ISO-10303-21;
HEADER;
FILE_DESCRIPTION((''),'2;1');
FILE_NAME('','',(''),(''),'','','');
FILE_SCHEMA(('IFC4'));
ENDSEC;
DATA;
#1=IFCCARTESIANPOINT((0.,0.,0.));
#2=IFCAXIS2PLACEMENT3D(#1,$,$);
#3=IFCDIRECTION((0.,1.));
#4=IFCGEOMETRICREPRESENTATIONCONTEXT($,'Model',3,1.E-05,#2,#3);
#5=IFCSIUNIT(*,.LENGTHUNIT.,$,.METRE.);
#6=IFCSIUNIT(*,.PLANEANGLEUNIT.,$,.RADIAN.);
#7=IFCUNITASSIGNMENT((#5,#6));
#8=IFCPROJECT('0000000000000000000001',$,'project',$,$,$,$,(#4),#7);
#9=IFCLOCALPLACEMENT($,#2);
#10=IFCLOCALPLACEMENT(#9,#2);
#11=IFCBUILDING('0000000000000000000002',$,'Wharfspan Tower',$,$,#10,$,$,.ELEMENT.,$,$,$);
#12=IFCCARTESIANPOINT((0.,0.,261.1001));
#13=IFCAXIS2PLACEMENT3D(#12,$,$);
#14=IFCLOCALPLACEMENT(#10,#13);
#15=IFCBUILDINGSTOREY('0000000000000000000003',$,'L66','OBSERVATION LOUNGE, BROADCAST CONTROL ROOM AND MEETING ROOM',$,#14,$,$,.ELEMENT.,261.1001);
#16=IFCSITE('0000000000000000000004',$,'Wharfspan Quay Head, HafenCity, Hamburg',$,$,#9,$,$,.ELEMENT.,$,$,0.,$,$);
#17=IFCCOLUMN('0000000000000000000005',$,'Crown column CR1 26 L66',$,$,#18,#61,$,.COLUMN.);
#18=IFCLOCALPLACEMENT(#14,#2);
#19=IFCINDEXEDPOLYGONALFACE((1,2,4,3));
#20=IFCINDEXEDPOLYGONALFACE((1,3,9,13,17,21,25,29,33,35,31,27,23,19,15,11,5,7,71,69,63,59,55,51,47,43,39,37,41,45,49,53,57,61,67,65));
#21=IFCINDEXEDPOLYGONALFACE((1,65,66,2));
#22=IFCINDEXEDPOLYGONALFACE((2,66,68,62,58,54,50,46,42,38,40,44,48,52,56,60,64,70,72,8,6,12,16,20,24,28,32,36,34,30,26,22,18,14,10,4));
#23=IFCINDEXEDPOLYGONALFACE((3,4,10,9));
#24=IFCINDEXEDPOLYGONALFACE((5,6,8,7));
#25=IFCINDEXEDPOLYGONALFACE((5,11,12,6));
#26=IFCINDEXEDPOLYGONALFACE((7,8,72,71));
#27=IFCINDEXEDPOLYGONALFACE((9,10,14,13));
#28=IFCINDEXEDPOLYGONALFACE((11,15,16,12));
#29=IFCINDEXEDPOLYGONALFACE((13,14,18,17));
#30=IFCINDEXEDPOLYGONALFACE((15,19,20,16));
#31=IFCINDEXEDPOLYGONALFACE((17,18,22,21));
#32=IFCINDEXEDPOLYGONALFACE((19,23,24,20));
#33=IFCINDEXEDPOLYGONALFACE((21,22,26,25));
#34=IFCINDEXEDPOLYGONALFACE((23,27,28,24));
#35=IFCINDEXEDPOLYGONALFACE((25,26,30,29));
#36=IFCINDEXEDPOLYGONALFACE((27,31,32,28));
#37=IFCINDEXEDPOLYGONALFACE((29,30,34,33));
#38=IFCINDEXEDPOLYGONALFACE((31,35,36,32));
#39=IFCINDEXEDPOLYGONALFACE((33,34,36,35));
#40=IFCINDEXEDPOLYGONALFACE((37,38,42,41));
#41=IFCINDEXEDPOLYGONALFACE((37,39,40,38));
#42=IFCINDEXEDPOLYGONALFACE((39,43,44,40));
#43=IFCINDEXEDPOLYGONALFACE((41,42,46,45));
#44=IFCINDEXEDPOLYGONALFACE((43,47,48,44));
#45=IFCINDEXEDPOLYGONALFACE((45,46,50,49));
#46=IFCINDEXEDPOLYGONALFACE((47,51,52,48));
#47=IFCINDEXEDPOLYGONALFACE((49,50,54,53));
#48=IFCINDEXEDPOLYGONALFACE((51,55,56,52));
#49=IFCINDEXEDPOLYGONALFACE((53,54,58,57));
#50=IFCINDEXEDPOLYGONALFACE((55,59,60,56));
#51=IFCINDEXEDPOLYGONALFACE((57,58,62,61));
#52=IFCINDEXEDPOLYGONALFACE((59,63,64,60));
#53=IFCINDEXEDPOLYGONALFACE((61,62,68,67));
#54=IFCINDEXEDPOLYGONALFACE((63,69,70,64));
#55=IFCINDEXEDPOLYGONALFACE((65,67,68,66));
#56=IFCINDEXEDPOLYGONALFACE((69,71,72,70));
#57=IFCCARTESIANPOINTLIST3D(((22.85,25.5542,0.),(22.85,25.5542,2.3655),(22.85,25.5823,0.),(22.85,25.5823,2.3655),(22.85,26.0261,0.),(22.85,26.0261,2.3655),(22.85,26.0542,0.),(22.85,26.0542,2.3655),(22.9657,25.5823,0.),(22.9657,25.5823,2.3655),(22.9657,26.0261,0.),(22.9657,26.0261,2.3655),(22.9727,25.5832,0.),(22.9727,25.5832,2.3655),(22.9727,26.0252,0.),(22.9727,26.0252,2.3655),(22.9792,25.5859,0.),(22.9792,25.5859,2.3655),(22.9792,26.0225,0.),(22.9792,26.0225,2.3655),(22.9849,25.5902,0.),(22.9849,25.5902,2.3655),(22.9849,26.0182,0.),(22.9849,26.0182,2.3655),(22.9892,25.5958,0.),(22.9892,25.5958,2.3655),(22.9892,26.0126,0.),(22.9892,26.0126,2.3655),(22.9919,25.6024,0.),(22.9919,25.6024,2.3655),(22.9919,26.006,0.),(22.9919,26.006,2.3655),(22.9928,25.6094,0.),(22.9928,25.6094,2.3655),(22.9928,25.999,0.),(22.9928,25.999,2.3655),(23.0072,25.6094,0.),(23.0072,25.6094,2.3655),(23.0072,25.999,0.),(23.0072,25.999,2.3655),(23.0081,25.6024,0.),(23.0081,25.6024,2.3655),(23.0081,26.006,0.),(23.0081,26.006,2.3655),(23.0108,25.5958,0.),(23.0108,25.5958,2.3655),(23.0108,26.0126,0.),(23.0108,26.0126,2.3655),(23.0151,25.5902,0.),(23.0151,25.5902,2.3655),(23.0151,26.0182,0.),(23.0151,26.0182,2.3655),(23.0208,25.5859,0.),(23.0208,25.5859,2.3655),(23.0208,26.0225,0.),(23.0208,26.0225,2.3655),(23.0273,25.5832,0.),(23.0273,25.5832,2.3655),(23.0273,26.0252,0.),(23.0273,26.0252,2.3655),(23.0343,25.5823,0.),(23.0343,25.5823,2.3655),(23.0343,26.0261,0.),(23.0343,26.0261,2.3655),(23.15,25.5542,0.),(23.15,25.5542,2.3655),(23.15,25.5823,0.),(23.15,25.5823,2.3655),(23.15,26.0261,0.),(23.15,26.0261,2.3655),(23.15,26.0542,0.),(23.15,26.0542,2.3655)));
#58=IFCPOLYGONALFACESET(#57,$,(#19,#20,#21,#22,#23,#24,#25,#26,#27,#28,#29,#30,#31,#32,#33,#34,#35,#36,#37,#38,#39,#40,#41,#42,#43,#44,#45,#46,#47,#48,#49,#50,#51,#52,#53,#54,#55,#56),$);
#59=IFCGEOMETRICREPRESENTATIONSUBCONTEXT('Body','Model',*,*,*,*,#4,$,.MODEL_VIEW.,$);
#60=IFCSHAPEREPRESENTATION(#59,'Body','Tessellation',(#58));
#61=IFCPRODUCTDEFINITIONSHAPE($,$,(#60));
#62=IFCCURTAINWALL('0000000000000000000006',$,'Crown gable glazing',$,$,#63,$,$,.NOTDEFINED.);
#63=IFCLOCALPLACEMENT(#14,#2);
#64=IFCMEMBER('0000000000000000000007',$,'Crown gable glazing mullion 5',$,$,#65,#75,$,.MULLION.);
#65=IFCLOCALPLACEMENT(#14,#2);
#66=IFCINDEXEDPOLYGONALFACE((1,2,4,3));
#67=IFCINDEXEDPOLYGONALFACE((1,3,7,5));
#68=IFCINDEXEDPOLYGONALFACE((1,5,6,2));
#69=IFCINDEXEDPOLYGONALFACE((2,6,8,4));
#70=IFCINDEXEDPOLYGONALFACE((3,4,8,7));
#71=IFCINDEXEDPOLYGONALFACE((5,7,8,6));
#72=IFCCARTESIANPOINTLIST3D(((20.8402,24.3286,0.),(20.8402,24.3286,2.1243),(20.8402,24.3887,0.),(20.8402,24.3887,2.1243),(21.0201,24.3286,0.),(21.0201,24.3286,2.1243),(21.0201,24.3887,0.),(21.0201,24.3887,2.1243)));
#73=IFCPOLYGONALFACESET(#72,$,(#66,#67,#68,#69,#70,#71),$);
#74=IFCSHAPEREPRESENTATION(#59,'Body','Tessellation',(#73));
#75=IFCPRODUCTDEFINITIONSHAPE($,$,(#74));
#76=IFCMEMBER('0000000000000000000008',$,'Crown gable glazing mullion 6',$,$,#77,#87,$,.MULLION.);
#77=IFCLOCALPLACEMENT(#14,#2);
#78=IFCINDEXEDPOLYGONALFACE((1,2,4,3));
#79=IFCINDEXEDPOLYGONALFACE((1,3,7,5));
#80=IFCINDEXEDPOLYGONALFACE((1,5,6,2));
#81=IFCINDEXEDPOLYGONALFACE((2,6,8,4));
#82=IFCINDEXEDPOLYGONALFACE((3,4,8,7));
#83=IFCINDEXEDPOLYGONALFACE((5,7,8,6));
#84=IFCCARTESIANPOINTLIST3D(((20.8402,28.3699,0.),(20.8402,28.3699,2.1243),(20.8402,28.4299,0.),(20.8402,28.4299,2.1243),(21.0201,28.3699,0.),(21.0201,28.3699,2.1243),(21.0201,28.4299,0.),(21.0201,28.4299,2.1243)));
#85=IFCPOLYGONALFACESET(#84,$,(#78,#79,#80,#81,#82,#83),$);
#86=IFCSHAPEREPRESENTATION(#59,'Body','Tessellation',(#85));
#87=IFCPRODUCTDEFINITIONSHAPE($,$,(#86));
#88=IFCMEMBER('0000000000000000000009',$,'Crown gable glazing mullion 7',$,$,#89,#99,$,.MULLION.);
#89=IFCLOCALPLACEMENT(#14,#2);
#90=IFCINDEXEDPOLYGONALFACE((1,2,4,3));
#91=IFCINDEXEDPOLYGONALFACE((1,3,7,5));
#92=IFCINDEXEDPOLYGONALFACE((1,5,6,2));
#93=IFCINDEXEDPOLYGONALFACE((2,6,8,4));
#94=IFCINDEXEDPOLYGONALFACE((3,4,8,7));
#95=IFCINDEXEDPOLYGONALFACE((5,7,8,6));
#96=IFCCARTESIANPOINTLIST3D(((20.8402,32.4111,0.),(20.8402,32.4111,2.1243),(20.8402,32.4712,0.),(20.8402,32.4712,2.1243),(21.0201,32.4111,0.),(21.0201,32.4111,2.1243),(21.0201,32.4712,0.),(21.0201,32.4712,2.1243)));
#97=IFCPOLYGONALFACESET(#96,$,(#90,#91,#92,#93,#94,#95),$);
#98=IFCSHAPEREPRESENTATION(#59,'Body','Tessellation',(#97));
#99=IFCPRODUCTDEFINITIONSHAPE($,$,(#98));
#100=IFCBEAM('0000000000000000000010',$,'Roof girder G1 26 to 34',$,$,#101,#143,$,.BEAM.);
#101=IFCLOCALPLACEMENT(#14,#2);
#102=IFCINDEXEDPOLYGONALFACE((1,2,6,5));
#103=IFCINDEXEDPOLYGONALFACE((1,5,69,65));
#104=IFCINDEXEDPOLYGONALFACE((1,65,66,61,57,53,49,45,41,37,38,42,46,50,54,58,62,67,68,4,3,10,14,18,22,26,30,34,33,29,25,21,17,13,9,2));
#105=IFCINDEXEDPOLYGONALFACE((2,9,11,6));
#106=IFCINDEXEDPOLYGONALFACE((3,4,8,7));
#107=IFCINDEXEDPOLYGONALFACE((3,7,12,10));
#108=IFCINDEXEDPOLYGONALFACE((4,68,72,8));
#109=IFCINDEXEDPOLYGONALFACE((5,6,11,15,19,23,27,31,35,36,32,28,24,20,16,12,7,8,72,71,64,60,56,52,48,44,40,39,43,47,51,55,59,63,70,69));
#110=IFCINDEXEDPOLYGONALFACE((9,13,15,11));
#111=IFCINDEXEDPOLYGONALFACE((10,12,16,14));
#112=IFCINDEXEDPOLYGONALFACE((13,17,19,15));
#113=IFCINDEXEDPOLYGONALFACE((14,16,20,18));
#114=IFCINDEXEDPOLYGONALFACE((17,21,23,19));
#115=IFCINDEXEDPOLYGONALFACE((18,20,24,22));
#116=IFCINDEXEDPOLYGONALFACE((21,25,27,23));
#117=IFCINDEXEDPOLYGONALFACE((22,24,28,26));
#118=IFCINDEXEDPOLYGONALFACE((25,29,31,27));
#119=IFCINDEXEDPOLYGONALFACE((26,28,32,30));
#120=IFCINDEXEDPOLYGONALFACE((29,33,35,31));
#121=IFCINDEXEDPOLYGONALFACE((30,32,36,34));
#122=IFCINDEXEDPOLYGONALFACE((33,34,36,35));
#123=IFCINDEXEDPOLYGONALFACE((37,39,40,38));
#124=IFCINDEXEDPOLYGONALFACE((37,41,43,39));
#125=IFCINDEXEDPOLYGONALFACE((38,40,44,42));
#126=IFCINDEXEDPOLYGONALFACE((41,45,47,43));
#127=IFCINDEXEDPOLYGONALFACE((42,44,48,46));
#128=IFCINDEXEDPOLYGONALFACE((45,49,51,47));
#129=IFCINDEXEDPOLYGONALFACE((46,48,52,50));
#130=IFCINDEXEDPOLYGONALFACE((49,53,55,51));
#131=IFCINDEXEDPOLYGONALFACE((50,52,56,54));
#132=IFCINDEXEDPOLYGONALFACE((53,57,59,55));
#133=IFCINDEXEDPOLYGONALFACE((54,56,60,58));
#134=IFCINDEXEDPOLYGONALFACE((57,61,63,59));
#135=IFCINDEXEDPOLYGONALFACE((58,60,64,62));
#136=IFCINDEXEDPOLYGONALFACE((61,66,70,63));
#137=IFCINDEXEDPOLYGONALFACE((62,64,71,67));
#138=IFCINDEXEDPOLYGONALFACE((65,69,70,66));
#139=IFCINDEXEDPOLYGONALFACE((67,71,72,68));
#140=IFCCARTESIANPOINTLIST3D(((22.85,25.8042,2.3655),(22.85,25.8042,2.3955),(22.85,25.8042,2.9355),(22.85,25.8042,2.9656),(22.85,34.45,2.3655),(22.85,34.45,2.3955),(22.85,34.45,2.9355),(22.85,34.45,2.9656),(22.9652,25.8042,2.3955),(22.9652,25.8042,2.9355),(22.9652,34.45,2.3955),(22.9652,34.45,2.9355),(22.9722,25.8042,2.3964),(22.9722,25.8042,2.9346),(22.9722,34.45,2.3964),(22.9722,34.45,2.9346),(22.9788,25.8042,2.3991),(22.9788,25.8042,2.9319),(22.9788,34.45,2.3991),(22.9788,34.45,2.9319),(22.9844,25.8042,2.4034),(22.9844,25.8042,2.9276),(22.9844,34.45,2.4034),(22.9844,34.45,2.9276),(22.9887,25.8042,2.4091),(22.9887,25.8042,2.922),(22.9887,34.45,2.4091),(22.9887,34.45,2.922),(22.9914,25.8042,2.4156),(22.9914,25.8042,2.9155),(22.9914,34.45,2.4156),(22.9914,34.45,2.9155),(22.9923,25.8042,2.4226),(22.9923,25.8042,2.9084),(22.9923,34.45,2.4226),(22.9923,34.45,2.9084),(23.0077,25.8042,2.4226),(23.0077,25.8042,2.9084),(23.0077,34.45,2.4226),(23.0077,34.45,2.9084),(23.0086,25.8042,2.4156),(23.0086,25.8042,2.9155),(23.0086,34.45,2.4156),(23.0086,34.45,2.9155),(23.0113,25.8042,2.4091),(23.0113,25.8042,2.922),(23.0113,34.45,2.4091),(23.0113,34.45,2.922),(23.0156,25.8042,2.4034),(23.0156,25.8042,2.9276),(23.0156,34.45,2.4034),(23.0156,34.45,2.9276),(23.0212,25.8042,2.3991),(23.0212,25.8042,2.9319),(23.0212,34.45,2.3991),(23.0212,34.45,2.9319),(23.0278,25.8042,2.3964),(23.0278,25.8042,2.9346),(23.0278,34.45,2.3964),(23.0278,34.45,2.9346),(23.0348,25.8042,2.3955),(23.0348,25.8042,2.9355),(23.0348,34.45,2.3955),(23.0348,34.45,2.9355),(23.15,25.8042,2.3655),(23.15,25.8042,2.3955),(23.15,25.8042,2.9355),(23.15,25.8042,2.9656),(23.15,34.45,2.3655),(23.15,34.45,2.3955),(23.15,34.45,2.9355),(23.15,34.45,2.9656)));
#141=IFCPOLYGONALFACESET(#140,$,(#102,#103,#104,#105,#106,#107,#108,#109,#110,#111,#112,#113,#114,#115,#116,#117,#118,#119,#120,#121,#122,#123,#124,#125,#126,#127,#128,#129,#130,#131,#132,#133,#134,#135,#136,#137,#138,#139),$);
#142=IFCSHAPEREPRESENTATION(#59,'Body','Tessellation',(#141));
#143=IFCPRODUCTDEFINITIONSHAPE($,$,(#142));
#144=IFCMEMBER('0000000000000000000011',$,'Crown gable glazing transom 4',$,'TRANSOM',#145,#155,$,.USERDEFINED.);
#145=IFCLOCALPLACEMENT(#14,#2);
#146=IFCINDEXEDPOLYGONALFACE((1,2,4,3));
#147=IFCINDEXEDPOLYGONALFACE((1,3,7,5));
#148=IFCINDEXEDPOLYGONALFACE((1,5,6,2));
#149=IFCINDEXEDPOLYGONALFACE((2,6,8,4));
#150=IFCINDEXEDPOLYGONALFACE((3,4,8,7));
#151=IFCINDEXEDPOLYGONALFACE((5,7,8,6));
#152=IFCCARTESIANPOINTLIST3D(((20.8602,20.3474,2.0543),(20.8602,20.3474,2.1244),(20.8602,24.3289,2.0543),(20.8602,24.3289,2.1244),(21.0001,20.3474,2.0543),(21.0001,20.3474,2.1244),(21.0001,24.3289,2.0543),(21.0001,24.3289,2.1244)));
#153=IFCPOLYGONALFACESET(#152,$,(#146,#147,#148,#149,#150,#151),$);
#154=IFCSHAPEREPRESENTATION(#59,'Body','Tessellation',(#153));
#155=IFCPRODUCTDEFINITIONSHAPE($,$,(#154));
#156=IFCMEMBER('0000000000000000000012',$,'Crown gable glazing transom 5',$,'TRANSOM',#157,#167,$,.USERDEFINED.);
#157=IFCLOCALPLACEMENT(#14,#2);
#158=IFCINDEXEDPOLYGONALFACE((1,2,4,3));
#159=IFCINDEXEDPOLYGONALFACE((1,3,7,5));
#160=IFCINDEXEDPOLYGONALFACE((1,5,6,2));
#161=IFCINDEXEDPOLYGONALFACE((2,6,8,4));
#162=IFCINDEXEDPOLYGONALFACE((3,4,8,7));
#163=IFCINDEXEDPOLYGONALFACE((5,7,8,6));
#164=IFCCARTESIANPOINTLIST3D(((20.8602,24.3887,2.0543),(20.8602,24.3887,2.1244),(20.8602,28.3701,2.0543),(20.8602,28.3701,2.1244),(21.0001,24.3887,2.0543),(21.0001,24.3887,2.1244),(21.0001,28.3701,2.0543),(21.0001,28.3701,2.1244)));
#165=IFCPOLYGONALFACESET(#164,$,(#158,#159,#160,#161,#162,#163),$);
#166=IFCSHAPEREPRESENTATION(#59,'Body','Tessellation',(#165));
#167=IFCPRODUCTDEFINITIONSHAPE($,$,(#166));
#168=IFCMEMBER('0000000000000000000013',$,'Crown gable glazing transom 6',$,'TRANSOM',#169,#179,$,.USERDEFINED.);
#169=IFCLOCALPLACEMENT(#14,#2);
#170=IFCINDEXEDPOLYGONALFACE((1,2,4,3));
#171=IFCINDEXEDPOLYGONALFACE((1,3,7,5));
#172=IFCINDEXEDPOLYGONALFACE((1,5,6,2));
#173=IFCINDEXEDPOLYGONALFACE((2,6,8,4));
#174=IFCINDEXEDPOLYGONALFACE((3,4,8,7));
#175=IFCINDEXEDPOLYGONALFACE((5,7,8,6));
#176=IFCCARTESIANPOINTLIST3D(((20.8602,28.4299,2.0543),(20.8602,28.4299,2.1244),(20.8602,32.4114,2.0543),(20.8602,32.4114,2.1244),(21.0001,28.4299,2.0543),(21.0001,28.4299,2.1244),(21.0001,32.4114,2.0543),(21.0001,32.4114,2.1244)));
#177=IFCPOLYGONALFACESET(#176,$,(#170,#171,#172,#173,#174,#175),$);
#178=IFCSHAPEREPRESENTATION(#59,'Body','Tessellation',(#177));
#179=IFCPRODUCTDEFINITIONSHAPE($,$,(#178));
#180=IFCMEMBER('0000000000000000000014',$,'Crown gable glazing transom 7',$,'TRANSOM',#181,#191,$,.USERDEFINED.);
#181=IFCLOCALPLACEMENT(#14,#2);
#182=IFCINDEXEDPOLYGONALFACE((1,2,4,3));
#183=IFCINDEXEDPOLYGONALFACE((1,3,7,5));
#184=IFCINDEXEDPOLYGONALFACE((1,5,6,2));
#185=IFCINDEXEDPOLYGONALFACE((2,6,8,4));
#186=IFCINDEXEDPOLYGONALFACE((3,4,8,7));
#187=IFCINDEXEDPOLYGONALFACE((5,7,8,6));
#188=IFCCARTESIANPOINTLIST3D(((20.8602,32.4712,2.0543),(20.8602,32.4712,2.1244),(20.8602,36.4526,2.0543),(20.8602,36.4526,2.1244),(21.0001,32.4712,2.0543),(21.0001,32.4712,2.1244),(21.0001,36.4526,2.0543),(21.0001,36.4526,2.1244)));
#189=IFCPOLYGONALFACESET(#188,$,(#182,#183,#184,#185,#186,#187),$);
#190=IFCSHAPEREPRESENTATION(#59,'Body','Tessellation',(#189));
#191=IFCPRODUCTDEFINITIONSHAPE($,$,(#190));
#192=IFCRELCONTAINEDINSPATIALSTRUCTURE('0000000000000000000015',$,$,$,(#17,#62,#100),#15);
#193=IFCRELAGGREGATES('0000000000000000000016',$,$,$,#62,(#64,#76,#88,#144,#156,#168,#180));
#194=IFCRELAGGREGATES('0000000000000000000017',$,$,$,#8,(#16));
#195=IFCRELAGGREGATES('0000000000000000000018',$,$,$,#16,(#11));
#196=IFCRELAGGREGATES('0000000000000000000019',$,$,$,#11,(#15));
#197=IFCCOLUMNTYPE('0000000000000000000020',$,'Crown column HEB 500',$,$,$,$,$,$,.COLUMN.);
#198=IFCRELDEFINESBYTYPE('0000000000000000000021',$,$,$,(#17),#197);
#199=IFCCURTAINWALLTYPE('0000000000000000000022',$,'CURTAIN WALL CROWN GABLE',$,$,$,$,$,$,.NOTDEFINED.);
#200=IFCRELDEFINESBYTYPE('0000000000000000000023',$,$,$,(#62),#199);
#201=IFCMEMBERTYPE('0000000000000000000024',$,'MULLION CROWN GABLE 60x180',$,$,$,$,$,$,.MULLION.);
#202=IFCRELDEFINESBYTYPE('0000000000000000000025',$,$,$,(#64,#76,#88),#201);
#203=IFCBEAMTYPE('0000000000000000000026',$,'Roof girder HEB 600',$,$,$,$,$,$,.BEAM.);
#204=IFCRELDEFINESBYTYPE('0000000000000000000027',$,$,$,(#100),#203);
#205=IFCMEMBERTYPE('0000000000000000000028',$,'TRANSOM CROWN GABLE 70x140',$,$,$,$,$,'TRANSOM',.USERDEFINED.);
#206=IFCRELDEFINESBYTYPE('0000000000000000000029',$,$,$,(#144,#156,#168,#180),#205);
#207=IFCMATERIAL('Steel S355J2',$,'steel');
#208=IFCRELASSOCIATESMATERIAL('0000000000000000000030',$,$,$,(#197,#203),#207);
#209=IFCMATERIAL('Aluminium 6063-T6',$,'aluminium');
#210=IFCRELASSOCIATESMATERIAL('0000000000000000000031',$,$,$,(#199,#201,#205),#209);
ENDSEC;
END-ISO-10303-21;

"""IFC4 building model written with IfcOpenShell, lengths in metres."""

from ifc_helpers import new_model, si_unit, direction, frame, origin, origin_2d, place, context, subcontext, project, spatial, rectangle, i_section, extrude, material, material_profile, profile_set, type_object, element, aggregate, save


model = new_model("IFC4")

# Units and contexts
model_context = context("Model", 3, precision=1e-05, world=origin(), true_north=direction((0.0, 1.0)))
body_context = subcontext(model_context, "Body", "Model", "MODEL_VIEW")
ifc_project = project(units=[si_unit("LENGTHUNIT", "METRE"), si_unit("PLANEANGLEUNIT", "RADIAN")], contexts=[model_context])

# Site, building, storey
site_placement = place(None, origin())
site = spatial("IfcSite", under=ifc_project, at=site_placement, Name="Wharfspan Quay Head, HafenCity, Hamburg", CompositionType="ELEMENT", RefElevation=0.0)
building_placement = place(site_placement, origin())
building = spatial("IfcBuilding", under=site, at=building_placement, Name="Wharfspan Tower", CompositionType="ELEMENT")
storey_placement = place(building_placement, frame((0.0, 0.0, 261.1001)))
storey = spatial("IfcBuildingStorey", under=building, at=storey_placement, Name="L66", Description="OBSERVATION LOUNGE, BROADCAST CONTROL ROOM AND MEETING ROOM", CompositionType="ELEMENT", Elevation=261.1001)

# Column
ifc_material_1 = material(Name="Steel S355J2", Category="steel")
ifc_material_profile_1 = material_profile(ifc_material_1, i_section(OverallWidth=0.3, OverallDepth=0.5, WebThickness=0.0144, FlangeThickness=0.0281, FilletRadius=0.0271, at=origin_2d()))
ifc_profile_set_1 = profile_set([ifc_material_profile_1], Name="Steel S355J2")
column_type = type_object("IfcColumnType", Name="Crown column HEB 500", PredefinedType="COLUMN", material=ifc_profile_set_1)
column_placement = place(storey_placement, frame((23.0, 25.8042, 0.0), z_axis=(0.0, 0.0, 1.0), x_axis=(1.0, 0.0, 0.0)))
element("IfcColumn", 1, at=column_placement, inside=storey, type_object=column_type, Name="Crown column CR1 26 L66", PredefinedType="COLUMN", context=body_context, shape_type="SweptSolid", body=[
    extrude(i_section(OverallWidth=0.3, OverallDepth=0.5, WebThickness=0.0144, FlangeThickness=0.0281, FilletRadius=0.0271, at=origin_2d()), origin(), (0.0, 0.0, 1.0), 2.3655),
])

# Curtain wall, members
ifc_material_2 = material(Name="Aluminium 6063-T6", Category="aluminium")
curtain_wall_type = type_object("IfcCurtainWallType", Name="CURTAIN WALL CROWN GABLE", PredefinedType="NOTDEFINED", material=ifc_material_2)
curtain_wall_placement = place(storey_placement, origin())
curtain_wall = element("IfcCurtainWall", 2, at=curtain_wall_placement, inside=storey, type_object=curtain_wall_type, Name="Crown gable glazing", PredefinedType="NOTDEFINED")
ifc_material_profile_2 = material_profile(ifc_material_2, rectangle(XDim=0.1799, YDim=0.0601, at=origin_2d()))
ifc_profile_set_2 = profile_set([ifc_material_profile_2], Name="Aluminium 6063-T6")
member_type_1 = type_object("IfcMemberType", Name="MULLION CROWN GABLE 60x180", PredefinedType="MULLION", material=ifc_profile_set_2)
member_1_placement = place(storey_placement, frame((20.9302, 24.3586, 0.0), z_axis=(0.0, 0.0, 1.0), x_axis=(-1.0, 0.0, 0.0)))
member_1 = element("IfcMember", 3, at=member_1_placement, type_object=member_type_1, Name="Crown gable glazing mullion 5", PredefinedType="MULLION", context=body_context, shape_type="SweptSolid", body=[
    extrude(rectangle(XDim=0.1799, YDim=0.0601, at=origin_2d()), origin(), (0.0, 0.0, 1.0), 2.1243),
])
member_2_placement = place(storey_placement, frame((20.9302, 28.3999, 0.0), z_axis=(0.0, 0.0, 1.0), x_axis=(-1.0, 0.0, 0.0)))
member_2 = element("IfcMember", 4, at=member_2_placement, type_object=member_type_1, Name="Crown gable glazing mullion 6", PredefinedType="MULLION", context=body_context, shape_type="SweptSolid", body=[
    extrude(rectangle(XDim=0.1799, YDim=0.0601, at=origin_2d()), origin(), (0.0, 0.0, 1.0), 2.1243),
])
member_3_placement = place(storey_placement, frame((20.9302, 32.4412, 0.0), z_axis=(0.0, 0.0, 1.0), x_axis=(-1.0, 0.0, 0.0)))
member_3 = element("IfcMember", 5, at=member_3_placement, type_object=member_type_1, Name="Crown gable glazing mullion 7", PredefinedType="MULLION", context=body_context, shape_type="SweptSolid", body=[
    extrude(rectangle(XDim=0.1799, YDim=0.0601, at=origin_2d()), origin(), (0.0, 0.0, 1.0), 2.1243),
])

# Beam
ifc_material_profile_3 = material_profile(ifc_material_1, i_section(OverallWidth=0.3, OverallDepth=0.6001, WebThickness=0.0154, FlangeThickness=0.03, FilletRadius=0.0271, at=origin_2d()))
ifc_profile_set_3 = profile_set([ifc_material_profile_3], Name="Steel S355J2")
beam_type = type_object("IfcBeamType", Name="Roof girder HEB 600", PredefinedType="BEAM", material=ifc_profile_set_3)
beam_placement = place(storey_placement, frame((23.0, 25.8042, 2.6655), z_axis=(0.0, 1.0, 0.0), x_axis=(-1.0, 0.0, 0.0)))
element("IfcBeam", 6, at=beam_placement, inside=storey, type_object=beam_type, Name="Roof girder G1 26 to 34", PredefinedType="BEAM", context=body_context, shape_type="SweptSolid", body=[
    extrude(i_section(OverallWidth=0.3, OverallDepth=0.6001, WebThickness=0.0154, FlangeThickness=0.03, FilletRadius=0.0271, at=origin_2d()), origin(), (0.0, 0.0, 1.0), 8.6458),
])

# Members
ifc_material_profile_4 = material_profile(ifc_material_2, rectangle(XDim=0.1399, YDim=0.0701, at=origin_2d()))
ifc_profile_set_4 = profile_set([ifc_material_profile_4], Name="Aluminium 6063-T6")
member_type_2 = type_object("IfcMemberType", Name="TRANSOM CROWN GABLE 70x140", ElementType="TRANSOM", PredefinedType="USERDEFINED", material=ifc_profile_set_4)
member_4_placement = place(storey_placement, frame((20.9302, 20.3474, 2.0894), z_axis=(0.0, 1.0, 0.0), x_axis=(-1.0, 0.0, 0.0)))
member_4 = element("IfcMember", 7, at=member_4_placement, type_object=member_type_2, Name="Crown gable glazing transom 4", ObjectType="TRANSOM", PredefinedType="USERDEFINED", context=body_context, shape_type="SweptSolid", body=[
    extrude(rectangle(XDim=0.1399, YDim=0.0701, at=origin_2d()), origin(), (0.0, 0.0, 1.0), 3.9814),
])
member_5_placement = place(storey_placement, frame((20.9302, 24.3887, 2.0894), z_axis=(0.0, 1.0, 0.0), x_axis=(-1.0, 0.0, 0.0)))
member_5 = element("IfcMember", 8, at=member_5_placement, type_object=member_type_2, Name="Crown gable glazing transom 5", ObjectType="TRANSOM", PredefinedType="USERDEFINED", context=body_context, shape_type="SweptSolid", body=[
    extrude(rectangle(XDim=0.1399, YDim=0.0701, at=origin_2d()), origin(), (0.0, 0.0, 1.0), 3.9814),
])
member_6_placement = place(storey_placement, frame((20.9302, 28.4299, 2.0894), z_axis=(0.0, 1.0, 0.0), x_axis=(-1.0, 0.0, 0.0)))
member_6 = element("IfcMember", 9, at=member_6_placement, type_object=member_type_2, Name="Crown gable glazing transom 6", ObjectType="TRANSOM", PredefinedType="USERDEFINED", context=body_context, shape_type="SweptSolid", body=[
    extrude(rectangle(XDim=0.1399, YDim=0.0701, at=origin_2d()), origin(), (0.0, 0.0, 1.0), 3.9814),
])
member_7_placement = place(storey_placement, frame((20.9302, 32.4712, 2.0894), z_axis=(0.0, 1.0, 0.0), x_axis=(-1.0, 0.0, 0.0)))
member_7 = element("IfcMember", 10, at=member_7_placement, type_object=member_type_2, Name="Crown gable glazing transom 7", ObjectType="TRANSOM", PredefinedType="USERDEFINED", context=body_context, shape_type="SweptSolid", body=[
    extrude(rectangle(XDim=0.1399, YDim=0.0701, at=origin_2d()), origin(), (0.0, 0.0, 1.0), 3.9814),
])

aggregate(curtain_wall, [member_1, member_2, member_3, member_4, member_5, member_6, member_7])

save(model, "model.ifc")
